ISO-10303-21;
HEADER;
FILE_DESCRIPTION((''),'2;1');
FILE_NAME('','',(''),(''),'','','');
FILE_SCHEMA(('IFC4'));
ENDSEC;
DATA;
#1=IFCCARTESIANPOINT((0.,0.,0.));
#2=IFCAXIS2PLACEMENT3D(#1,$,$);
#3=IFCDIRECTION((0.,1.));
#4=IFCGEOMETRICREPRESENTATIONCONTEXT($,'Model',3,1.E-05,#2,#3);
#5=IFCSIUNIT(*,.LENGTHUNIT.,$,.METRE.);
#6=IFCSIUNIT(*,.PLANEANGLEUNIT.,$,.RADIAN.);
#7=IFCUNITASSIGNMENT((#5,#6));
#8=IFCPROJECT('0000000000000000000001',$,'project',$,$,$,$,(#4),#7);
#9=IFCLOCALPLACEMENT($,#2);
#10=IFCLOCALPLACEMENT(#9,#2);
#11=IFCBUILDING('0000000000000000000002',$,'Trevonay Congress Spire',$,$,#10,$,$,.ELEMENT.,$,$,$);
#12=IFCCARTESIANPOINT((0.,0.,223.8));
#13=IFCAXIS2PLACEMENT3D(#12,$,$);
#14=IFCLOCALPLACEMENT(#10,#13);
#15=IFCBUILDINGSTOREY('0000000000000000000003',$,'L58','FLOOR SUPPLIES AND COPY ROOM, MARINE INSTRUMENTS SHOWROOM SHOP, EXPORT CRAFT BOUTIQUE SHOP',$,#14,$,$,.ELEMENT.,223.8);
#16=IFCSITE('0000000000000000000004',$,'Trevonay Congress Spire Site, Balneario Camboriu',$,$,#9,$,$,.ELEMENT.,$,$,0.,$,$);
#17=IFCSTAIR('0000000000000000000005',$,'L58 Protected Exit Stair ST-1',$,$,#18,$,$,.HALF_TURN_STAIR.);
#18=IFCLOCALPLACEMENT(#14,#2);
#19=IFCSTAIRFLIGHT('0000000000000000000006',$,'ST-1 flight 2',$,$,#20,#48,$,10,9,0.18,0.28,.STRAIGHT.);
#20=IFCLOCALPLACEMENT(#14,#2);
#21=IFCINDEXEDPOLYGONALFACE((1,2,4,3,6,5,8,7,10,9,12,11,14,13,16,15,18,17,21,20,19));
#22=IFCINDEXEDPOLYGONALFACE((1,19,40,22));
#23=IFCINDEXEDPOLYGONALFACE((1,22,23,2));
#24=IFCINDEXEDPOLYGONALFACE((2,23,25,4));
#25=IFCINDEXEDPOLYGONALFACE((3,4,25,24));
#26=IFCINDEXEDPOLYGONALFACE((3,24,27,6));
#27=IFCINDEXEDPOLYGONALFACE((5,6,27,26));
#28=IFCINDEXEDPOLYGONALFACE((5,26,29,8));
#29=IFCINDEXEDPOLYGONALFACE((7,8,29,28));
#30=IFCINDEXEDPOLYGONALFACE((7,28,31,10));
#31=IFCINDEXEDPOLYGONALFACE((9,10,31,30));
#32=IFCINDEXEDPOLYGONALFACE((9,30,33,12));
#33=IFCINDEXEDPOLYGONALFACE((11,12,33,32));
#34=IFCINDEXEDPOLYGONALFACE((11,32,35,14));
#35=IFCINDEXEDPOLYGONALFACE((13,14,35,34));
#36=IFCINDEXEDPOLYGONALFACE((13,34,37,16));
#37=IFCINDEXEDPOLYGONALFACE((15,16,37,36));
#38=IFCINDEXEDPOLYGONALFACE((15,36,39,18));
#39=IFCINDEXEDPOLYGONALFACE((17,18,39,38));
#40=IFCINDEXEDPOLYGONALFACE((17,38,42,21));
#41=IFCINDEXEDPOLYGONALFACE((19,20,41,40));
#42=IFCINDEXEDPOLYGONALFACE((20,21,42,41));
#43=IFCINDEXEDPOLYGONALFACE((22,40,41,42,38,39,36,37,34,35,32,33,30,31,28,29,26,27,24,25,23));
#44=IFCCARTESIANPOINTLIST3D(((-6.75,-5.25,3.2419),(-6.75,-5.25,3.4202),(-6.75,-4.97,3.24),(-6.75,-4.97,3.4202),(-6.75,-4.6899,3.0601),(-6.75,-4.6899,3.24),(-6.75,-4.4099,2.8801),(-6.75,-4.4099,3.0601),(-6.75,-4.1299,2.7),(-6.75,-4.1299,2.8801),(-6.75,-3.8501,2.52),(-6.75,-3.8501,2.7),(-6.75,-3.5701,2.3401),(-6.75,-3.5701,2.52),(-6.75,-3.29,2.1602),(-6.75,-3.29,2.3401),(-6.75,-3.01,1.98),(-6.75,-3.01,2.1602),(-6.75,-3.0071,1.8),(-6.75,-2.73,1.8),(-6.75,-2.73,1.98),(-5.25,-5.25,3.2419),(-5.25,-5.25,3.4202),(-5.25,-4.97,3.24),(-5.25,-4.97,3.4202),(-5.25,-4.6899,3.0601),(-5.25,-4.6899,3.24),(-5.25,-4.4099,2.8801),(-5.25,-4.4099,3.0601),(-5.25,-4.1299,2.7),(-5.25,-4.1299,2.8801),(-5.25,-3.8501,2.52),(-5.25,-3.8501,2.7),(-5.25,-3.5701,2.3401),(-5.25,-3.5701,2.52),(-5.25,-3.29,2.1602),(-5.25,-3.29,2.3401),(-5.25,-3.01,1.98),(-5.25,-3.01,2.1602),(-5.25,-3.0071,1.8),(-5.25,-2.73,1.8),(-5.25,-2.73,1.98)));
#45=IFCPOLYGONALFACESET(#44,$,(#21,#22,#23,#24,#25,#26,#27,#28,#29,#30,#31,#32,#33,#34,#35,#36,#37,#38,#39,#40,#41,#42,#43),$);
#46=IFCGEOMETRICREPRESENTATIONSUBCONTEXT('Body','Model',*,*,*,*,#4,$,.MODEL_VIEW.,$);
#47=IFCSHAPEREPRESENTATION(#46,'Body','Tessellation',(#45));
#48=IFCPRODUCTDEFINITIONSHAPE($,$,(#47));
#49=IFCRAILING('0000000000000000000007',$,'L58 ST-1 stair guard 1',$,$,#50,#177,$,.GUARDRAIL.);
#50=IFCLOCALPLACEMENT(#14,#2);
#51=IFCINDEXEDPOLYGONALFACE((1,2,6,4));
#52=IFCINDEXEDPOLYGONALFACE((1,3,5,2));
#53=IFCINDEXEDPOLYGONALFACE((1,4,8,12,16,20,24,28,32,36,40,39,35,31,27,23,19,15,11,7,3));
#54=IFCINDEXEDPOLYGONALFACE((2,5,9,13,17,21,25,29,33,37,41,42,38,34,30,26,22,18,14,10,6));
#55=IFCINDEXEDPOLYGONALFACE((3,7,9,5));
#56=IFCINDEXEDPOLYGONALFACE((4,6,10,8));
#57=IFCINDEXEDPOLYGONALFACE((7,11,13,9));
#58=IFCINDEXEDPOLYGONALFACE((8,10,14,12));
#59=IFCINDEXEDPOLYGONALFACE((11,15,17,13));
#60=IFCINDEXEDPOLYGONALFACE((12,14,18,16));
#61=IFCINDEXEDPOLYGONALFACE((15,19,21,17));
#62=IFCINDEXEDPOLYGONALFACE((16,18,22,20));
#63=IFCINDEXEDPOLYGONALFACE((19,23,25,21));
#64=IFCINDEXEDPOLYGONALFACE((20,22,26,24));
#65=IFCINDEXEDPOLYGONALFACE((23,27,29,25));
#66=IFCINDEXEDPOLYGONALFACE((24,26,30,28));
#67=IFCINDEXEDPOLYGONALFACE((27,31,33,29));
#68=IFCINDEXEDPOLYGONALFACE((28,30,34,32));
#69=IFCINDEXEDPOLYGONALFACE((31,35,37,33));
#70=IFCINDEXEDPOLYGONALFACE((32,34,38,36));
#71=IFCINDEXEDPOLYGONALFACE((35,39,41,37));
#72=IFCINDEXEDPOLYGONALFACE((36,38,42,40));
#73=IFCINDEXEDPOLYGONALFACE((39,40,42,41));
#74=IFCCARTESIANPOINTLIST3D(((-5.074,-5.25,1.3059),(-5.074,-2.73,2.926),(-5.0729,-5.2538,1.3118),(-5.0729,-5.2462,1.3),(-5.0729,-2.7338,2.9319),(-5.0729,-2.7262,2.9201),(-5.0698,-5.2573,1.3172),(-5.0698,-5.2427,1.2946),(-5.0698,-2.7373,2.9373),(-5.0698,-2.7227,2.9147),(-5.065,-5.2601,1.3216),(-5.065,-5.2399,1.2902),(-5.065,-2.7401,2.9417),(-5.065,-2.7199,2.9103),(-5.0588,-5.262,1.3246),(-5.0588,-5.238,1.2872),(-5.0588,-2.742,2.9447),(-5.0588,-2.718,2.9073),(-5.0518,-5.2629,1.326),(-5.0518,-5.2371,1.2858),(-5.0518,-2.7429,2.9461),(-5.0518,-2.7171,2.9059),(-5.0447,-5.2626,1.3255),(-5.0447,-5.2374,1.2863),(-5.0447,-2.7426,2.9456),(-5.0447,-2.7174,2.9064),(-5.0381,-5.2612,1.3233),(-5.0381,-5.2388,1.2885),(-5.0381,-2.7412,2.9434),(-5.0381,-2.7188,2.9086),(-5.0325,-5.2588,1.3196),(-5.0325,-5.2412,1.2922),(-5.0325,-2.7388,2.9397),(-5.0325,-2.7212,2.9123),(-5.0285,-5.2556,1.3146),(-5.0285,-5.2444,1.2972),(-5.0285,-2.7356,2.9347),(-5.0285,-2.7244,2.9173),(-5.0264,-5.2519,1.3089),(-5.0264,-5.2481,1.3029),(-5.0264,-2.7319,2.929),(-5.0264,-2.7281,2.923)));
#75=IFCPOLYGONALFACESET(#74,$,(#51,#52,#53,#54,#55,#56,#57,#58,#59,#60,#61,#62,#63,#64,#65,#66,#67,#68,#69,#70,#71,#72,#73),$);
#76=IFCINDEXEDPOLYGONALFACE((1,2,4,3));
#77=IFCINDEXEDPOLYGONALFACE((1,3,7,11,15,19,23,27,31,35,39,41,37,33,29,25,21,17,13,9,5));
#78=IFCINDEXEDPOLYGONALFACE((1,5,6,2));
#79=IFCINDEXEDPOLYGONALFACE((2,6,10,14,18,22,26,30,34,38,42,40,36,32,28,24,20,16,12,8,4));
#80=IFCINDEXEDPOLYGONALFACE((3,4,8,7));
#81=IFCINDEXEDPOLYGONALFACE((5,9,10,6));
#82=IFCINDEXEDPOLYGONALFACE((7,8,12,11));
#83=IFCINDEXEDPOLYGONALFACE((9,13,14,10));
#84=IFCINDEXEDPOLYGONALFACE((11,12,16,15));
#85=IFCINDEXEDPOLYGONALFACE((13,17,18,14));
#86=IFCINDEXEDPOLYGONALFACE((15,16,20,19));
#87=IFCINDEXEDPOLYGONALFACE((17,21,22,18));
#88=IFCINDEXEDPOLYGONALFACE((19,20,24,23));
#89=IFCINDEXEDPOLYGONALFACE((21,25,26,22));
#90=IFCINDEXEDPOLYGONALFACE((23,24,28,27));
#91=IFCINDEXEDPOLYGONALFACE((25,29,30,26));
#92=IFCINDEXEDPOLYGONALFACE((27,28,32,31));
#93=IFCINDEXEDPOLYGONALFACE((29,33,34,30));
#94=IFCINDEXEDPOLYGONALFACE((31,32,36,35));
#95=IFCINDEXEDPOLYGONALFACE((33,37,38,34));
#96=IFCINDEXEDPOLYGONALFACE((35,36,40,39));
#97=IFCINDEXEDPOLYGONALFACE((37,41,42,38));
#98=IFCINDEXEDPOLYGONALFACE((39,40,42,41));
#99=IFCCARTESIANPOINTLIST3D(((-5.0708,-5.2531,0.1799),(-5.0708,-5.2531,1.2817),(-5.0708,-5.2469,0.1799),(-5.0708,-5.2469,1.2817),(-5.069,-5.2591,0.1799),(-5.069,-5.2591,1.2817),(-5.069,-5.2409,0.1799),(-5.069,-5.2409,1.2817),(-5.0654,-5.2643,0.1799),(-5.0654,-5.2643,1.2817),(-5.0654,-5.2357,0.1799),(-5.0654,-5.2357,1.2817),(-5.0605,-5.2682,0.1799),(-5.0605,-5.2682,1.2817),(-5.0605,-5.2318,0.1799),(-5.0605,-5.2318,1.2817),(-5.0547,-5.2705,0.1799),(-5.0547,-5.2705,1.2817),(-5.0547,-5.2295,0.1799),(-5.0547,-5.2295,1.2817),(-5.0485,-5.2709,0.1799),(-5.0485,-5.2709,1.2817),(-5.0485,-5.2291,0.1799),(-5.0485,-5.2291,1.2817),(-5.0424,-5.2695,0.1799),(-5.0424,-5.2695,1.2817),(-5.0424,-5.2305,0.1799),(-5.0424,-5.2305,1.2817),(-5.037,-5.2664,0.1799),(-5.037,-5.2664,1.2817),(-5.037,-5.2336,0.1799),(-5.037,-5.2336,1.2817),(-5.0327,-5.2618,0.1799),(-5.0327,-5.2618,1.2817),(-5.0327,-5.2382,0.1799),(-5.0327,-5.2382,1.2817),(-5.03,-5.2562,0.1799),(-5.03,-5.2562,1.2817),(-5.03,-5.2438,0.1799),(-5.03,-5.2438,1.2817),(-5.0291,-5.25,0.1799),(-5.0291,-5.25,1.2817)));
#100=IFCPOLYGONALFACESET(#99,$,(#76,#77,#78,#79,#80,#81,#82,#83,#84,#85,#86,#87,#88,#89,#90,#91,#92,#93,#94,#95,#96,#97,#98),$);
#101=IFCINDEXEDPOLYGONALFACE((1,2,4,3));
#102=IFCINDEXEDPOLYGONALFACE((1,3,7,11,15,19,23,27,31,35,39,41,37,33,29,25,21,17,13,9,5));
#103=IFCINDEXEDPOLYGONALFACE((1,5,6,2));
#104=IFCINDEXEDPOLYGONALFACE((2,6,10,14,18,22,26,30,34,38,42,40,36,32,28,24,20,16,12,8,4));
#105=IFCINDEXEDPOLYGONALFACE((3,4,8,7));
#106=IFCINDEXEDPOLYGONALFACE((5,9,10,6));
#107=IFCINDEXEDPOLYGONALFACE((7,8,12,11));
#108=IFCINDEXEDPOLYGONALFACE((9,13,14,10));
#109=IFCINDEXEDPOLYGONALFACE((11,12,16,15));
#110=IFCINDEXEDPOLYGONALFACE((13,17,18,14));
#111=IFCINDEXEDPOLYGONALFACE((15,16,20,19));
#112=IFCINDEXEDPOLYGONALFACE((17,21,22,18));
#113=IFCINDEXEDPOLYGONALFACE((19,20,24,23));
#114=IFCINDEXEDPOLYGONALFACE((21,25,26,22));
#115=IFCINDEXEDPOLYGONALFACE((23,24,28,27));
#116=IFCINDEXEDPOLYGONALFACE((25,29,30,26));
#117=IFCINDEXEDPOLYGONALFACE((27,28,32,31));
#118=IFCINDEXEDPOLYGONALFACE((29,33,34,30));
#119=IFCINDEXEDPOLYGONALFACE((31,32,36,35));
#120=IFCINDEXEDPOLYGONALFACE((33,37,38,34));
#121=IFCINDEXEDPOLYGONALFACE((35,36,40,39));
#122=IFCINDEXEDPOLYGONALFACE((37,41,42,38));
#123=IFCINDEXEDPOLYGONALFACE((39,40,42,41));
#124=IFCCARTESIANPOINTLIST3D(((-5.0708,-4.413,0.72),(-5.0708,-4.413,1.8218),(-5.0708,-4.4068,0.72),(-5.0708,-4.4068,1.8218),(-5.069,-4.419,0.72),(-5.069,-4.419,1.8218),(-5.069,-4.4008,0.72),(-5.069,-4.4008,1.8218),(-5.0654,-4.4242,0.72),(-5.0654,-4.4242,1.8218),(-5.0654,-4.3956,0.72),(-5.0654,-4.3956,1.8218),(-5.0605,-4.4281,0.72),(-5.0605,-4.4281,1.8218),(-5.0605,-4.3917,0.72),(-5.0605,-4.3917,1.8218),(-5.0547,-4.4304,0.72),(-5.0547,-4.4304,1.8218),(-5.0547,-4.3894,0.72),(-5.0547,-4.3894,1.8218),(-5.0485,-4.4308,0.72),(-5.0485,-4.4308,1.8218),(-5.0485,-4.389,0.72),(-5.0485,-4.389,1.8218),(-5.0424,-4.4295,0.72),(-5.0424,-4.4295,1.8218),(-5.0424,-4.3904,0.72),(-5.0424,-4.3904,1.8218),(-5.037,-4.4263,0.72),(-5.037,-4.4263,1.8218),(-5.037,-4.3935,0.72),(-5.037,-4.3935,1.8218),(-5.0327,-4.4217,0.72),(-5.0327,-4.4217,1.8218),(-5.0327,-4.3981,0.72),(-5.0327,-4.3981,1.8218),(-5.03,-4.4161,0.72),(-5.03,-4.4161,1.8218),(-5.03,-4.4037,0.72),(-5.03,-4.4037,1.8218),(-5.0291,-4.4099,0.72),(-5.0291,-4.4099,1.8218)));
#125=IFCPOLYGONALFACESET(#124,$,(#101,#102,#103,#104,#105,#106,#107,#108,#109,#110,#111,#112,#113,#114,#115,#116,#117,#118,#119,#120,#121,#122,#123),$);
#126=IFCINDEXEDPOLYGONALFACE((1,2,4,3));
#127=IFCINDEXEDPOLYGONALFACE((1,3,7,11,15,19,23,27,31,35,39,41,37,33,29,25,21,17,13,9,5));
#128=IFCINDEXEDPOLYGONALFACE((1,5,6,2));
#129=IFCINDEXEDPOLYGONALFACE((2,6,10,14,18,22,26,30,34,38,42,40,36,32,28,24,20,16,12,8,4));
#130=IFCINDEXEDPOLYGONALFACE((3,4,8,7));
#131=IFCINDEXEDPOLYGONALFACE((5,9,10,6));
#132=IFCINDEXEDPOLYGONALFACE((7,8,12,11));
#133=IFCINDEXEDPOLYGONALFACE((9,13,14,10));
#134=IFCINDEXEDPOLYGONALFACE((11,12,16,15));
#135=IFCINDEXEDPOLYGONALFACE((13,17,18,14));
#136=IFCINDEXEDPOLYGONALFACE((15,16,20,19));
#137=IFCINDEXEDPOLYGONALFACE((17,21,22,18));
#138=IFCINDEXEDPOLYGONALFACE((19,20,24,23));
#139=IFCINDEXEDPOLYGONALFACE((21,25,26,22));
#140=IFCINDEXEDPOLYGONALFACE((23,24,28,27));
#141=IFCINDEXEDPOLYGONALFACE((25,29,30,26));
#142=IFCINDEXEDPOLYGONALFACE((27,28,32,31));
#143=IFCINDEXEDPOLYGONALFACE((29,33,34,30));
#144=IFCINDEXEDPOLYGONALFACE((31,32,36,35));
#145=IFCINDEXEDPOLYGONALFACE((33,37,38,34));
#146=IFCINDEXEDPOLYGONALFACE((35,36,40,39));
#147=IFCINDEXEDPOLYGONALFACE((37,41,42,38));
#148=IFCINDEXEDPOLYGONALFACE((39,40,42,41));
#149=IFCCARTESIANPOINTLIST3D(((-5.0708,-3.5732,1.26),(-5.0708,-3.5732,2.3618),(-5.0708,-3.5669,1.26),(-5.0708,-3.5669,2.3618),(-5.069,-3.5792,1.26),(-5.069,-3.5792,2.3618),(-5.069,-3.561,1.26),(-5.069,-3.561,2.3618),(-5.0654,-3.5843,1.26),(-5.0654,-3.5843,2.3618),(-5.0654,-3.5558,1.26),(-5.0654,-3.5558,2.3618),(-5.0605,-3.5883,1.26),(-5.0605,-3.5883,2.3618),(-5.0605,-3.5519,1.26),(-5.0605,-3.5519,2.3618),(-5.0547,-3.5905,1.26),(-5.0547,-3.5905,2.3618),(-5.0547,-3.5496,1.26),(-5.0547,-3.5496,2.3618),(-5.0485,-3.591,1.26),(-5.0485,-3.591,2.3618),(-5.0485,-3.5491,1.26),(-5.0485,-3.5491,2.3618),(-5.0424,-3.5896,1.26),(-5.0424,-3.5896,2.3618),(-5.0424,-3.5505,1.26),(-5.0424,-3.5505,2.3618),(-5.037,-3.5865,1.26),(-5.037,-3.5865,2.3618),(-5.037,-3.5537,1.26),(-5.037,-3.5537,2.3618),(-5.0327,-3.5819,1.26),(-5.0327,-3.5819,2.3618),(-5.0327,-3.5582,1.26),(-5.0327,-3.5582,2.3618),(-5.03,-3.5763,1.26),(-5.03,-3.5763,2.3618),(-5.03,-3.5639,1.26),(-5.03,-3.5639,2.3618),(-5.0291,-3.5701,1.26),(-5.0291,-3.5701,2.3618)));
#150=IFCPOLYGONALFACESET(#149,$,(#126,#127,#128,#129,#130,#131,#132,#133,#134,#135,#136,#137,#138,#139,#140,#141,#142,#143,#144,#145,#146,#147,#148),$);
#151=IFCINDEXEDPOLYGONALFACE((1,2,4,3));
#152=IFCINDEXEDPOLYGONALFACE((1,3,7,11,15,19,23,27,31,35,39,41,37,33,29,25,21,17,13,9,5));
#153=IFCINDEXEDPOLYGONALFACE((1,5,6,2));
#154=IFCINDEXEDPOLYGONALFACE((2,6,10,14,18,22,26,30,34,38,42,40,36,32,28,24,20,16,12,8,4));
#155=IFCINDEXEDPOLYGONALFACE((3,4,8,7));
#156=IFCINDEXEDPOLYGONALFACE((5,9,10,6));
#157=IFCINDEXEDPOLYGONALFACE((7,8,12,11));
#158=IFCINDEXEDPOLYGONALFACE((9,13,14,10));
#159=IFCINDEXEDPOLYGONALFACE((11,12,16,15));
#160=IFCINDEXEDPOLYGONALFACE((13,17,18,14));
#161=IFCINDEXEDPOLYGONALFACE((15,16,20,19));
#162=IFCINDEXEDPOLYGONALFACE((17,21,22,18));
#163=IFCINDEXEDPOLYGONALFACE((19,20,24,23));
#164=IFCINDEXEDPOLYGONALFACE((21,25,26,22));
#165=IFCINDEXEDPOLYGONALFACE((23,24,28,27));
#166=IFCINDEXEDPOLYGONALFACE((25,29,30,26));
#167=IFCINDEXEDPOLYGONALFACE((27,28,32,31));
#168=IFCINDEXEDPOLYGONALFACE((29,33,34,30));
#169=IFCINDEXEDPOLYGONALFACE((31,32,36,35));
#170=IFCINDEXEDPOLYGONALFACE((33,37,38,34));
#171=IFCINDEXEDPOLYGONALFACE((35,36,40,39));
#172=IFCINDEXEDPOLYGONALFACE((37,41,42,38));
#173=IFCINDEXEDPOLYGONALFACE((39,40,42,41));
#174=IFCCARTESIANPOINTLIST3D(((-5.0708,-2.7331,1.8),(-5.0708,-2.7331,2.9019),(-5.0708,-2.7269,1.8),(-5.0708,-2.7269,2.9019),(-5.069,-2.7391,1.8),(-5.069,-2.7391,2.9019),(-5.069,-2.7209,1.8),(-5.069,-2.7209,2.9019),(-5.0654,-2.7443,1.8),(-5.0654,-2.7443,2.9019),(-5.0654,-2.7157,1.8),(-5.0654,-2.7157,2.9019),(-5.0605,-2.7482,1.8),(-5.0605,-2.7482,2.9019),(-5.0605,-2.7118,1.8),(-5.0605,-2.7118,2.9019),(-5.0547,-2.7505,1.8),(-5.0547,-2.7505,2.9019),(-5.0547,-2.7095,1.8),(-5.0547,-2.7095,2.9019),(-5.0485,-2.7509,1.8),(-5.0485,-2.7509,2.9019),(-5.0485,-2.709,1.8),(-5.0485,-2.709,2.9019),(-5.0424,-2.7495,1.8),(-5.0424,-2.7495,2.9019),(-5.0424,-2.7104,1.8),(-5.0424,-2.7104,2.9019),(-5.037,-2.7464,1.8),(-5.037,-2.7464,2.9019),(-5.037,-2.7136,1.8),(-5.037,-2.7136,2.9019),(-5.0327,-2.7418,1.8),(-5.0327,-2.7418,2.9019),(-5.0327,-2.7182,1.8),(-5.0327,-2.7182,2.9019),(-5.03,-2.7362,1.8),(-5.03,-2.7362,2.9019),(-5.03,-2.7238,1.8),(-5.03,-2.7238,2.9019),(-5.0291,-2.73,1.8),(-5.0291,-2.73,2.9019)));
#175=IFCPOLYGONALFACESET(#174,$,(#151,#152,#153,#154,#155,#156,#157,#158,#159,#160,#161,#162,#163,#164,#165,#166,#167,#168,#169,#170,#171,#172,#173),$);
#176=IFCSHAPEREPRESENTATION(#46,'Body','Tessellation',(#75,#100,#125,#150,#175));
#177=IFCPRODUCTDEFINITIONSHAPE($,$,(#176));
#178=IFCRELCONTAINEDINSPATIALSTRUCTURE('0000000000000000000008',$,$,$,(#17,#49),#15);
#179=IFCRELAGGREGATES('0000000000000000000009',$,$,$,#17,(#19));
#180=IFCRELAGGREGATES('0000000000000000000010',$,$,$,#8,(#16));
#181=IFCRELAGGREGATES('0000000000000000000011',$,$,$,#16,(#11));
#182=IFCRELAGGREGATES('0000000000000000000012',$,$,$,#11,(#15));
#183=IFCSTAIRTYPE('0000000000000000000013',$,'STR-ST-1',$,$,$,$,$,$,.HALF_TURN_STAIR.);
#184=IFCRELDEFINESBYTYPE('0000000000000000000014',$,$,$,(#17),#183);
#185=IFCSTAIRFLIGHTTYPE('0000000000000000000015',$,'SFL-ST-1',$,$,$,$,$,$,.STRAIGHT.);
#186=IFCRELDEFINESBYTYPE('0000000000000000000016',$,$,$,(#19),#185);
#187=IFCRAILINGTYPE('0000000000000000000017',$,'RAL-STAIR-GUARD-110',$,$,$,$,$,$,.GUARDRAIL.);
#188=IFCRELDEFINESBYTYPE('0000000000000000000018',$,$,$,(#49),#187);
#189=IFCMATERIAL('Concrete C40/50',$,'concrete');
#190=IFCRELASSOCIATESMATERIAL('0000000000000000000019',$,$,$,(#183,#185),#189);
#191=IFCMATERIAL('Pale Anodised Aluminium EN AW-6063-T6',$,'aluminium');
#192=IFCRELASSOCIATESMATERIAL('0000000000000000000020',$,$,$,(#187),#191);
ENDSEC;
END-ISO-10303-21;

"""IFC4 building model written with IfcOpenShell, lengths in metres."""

from ifc_helpers import new_model, si_unit, direction, frame, origin, origin_2d, place, context, subcontext, project, spatial, polyline, circle, outline, extrude, material, type_object, element, aggregate, save


model = new_model("IFC4")

# Units and contexts
model_context = context("Model", 3, precision=1e-05, world=origin(), true_north=direction((0.0, 1.0)))
body_context = subcontext(model_context, "Body", "Model", "MODEL_VIEW")
ifc_project = project(units=[si_unit("LENGTHUNIT", "METRE"), si_unit("PLANEANGLEUNIT", "RADIAN")], contexts=[model_context])

# Site, building, storey
site_placement = place(None, origin())
site = spatial("IfcSite", under=ifc_project, at=site_placement, Name="Trevonay Congress Spire Site, Balneario Camboriu", CompositionType="ELEMENT", RefElevation=0.0)
building_placement = place(site_placement, origin())
building = spatial("IfcBuilding", under=site, at=building_placement, Name="Trevonay Congress Spire", CompositionType="ELEMENT")
storey_placement = place(building_placement, frame((0.0, 0.0, 223.8)))
storey = spatial("IfcBuildingStorey", under=building, at=storey_placement, Name="L58", Description="FLOOR SUPPLIES AND COPY ROOM, MARINE INSTRUMENTS SHOWROOM SHOP, EXPORT CRAFT BOUTIQUE SHOP", CompositionType="ELEMENT", Elevation=223.8)

# Shared definitions
ifc_material_1 = material(Name="Concrete C40/50", Category="concrete")

# Stair, stair flight
stair_type = type_object("IfcStairType", Name="STR-ST-1", PredefinedType="HALF_TURN_STAIR", material=ifc_material_1)
stair_placement = place(storey_placement, origin())
stair = element("IfcStair", 1, at=stair_placement, inside=storey, type_object=stair_type, Name="L58 Protected Exit Stair ST-1", PredefinedType="HALF_TURN_STAIR")
stair_flight_type = type_object("IfcStairFlightType", Name="SFL-ST-1", PredefinedType="STRAIGHT", material=ifc_material_1)
stair_flight_1_placement = place(storey_placement, frame((-6.0, -2.73, 1.8), z_axis=(0.0, 0.0, 1.0), x_axis=(0.0, -1.0, 0.0)))
stair_flight_1 = element("IfcStairFlight", 2, at=stair_flight_1_placement, type_object=stair_flight_type, Name="ST-1 flight 2", NumberOfRisers=10, NumberOfTreads=9, PredefinedType="STRAIGHT", RiserHeight=0.18, TreadLength=0.28, context=body_context, shape_type="SweptSolid", body=[
    extrude(outline(polyline([(0.0, 0.0), (0.0, 0.1799), (0.28, 0.1799), (0.28, 0.3601), (0.5601, 0.3601), (0.5601, 0.54), (0.8401, 0.54), (0.8401, 0.72), (1.1201, 0.72), (1.1201, 0.8999), (1.3999, 0.8999), (1.3999, 1.0801), (1.6799, 1.0801), (1.6799, 1.26), (1.96, 1.26), (1.96, 1.4399), (2.24, 1.4399), (2.24, 1.6201), (2.52, 1.6201), (2.52, 1.8), (2.52, 1.4419), (0.2771, 0.0), (0.0, 0.0)])), frame((0.0, 0.75, 0.0), z_axis=(0.0, -1.0, 0.0), x_axis=(1.0, 0.0, 0.0)), (0.0, 0.0, 1.0), 1.5),
])
aggregate(stair, [stair_flight_1])

# Railing
ifc_material_2 = material(Name="Pale Anodised Aluminium EN AW-6063-T6", Category="aluminium")
railing_type_1 = type_object("IfcRailingType", Name="RAL-STAIR-GUARD-110", PredefinedType="GUARDRAIL", material=ifc_material_2)
railing_1_placement = place(storey_placement, frame((-5.05, -5.25, 0.1799)))
element("IfcRailing", 3, at=railing_1_placement, inside=storey, type_object=railing_type_1, Name="L58 ST-1 stair guard 1", PredefinedType="GUARDRAIL", context=body_context, shape_type="SweptSolid", body=[
    extrude(circle(Radius=0.0239, at=origin_2d()), frame((0.0, 0.0, 1.126), z_axis=(0.0, 0.841163, 0.540782), x_axis=(-1.0, 0.0, 0.0)), (0.0, 0.0, 1.0), 2.9958),
    extrude(circle(Radius=0.021, at=origin_2d()), origin(), (0.0, 0.0, 1.0), 1.1018),
    extrude(circle(Radius=0.021, at=origin_2d()), frame((0.0, 0.8401, 0.54)), (0.0, 0.0, 1.0), 1.1018),
    extrude(circle(Radius=0.021, at=origin_2d()), frame((0.0, 1.6799, 1.0801)), (0.0, 0.0, 1.0), 1.1018),
    extrude(circle(Radius=0.021, at=origin_2d()), frame((0.0, 2.52, 1.6201)), (0.0, 0.0, 1.0), 1.1018),
])

save(model, "model.ifc")
